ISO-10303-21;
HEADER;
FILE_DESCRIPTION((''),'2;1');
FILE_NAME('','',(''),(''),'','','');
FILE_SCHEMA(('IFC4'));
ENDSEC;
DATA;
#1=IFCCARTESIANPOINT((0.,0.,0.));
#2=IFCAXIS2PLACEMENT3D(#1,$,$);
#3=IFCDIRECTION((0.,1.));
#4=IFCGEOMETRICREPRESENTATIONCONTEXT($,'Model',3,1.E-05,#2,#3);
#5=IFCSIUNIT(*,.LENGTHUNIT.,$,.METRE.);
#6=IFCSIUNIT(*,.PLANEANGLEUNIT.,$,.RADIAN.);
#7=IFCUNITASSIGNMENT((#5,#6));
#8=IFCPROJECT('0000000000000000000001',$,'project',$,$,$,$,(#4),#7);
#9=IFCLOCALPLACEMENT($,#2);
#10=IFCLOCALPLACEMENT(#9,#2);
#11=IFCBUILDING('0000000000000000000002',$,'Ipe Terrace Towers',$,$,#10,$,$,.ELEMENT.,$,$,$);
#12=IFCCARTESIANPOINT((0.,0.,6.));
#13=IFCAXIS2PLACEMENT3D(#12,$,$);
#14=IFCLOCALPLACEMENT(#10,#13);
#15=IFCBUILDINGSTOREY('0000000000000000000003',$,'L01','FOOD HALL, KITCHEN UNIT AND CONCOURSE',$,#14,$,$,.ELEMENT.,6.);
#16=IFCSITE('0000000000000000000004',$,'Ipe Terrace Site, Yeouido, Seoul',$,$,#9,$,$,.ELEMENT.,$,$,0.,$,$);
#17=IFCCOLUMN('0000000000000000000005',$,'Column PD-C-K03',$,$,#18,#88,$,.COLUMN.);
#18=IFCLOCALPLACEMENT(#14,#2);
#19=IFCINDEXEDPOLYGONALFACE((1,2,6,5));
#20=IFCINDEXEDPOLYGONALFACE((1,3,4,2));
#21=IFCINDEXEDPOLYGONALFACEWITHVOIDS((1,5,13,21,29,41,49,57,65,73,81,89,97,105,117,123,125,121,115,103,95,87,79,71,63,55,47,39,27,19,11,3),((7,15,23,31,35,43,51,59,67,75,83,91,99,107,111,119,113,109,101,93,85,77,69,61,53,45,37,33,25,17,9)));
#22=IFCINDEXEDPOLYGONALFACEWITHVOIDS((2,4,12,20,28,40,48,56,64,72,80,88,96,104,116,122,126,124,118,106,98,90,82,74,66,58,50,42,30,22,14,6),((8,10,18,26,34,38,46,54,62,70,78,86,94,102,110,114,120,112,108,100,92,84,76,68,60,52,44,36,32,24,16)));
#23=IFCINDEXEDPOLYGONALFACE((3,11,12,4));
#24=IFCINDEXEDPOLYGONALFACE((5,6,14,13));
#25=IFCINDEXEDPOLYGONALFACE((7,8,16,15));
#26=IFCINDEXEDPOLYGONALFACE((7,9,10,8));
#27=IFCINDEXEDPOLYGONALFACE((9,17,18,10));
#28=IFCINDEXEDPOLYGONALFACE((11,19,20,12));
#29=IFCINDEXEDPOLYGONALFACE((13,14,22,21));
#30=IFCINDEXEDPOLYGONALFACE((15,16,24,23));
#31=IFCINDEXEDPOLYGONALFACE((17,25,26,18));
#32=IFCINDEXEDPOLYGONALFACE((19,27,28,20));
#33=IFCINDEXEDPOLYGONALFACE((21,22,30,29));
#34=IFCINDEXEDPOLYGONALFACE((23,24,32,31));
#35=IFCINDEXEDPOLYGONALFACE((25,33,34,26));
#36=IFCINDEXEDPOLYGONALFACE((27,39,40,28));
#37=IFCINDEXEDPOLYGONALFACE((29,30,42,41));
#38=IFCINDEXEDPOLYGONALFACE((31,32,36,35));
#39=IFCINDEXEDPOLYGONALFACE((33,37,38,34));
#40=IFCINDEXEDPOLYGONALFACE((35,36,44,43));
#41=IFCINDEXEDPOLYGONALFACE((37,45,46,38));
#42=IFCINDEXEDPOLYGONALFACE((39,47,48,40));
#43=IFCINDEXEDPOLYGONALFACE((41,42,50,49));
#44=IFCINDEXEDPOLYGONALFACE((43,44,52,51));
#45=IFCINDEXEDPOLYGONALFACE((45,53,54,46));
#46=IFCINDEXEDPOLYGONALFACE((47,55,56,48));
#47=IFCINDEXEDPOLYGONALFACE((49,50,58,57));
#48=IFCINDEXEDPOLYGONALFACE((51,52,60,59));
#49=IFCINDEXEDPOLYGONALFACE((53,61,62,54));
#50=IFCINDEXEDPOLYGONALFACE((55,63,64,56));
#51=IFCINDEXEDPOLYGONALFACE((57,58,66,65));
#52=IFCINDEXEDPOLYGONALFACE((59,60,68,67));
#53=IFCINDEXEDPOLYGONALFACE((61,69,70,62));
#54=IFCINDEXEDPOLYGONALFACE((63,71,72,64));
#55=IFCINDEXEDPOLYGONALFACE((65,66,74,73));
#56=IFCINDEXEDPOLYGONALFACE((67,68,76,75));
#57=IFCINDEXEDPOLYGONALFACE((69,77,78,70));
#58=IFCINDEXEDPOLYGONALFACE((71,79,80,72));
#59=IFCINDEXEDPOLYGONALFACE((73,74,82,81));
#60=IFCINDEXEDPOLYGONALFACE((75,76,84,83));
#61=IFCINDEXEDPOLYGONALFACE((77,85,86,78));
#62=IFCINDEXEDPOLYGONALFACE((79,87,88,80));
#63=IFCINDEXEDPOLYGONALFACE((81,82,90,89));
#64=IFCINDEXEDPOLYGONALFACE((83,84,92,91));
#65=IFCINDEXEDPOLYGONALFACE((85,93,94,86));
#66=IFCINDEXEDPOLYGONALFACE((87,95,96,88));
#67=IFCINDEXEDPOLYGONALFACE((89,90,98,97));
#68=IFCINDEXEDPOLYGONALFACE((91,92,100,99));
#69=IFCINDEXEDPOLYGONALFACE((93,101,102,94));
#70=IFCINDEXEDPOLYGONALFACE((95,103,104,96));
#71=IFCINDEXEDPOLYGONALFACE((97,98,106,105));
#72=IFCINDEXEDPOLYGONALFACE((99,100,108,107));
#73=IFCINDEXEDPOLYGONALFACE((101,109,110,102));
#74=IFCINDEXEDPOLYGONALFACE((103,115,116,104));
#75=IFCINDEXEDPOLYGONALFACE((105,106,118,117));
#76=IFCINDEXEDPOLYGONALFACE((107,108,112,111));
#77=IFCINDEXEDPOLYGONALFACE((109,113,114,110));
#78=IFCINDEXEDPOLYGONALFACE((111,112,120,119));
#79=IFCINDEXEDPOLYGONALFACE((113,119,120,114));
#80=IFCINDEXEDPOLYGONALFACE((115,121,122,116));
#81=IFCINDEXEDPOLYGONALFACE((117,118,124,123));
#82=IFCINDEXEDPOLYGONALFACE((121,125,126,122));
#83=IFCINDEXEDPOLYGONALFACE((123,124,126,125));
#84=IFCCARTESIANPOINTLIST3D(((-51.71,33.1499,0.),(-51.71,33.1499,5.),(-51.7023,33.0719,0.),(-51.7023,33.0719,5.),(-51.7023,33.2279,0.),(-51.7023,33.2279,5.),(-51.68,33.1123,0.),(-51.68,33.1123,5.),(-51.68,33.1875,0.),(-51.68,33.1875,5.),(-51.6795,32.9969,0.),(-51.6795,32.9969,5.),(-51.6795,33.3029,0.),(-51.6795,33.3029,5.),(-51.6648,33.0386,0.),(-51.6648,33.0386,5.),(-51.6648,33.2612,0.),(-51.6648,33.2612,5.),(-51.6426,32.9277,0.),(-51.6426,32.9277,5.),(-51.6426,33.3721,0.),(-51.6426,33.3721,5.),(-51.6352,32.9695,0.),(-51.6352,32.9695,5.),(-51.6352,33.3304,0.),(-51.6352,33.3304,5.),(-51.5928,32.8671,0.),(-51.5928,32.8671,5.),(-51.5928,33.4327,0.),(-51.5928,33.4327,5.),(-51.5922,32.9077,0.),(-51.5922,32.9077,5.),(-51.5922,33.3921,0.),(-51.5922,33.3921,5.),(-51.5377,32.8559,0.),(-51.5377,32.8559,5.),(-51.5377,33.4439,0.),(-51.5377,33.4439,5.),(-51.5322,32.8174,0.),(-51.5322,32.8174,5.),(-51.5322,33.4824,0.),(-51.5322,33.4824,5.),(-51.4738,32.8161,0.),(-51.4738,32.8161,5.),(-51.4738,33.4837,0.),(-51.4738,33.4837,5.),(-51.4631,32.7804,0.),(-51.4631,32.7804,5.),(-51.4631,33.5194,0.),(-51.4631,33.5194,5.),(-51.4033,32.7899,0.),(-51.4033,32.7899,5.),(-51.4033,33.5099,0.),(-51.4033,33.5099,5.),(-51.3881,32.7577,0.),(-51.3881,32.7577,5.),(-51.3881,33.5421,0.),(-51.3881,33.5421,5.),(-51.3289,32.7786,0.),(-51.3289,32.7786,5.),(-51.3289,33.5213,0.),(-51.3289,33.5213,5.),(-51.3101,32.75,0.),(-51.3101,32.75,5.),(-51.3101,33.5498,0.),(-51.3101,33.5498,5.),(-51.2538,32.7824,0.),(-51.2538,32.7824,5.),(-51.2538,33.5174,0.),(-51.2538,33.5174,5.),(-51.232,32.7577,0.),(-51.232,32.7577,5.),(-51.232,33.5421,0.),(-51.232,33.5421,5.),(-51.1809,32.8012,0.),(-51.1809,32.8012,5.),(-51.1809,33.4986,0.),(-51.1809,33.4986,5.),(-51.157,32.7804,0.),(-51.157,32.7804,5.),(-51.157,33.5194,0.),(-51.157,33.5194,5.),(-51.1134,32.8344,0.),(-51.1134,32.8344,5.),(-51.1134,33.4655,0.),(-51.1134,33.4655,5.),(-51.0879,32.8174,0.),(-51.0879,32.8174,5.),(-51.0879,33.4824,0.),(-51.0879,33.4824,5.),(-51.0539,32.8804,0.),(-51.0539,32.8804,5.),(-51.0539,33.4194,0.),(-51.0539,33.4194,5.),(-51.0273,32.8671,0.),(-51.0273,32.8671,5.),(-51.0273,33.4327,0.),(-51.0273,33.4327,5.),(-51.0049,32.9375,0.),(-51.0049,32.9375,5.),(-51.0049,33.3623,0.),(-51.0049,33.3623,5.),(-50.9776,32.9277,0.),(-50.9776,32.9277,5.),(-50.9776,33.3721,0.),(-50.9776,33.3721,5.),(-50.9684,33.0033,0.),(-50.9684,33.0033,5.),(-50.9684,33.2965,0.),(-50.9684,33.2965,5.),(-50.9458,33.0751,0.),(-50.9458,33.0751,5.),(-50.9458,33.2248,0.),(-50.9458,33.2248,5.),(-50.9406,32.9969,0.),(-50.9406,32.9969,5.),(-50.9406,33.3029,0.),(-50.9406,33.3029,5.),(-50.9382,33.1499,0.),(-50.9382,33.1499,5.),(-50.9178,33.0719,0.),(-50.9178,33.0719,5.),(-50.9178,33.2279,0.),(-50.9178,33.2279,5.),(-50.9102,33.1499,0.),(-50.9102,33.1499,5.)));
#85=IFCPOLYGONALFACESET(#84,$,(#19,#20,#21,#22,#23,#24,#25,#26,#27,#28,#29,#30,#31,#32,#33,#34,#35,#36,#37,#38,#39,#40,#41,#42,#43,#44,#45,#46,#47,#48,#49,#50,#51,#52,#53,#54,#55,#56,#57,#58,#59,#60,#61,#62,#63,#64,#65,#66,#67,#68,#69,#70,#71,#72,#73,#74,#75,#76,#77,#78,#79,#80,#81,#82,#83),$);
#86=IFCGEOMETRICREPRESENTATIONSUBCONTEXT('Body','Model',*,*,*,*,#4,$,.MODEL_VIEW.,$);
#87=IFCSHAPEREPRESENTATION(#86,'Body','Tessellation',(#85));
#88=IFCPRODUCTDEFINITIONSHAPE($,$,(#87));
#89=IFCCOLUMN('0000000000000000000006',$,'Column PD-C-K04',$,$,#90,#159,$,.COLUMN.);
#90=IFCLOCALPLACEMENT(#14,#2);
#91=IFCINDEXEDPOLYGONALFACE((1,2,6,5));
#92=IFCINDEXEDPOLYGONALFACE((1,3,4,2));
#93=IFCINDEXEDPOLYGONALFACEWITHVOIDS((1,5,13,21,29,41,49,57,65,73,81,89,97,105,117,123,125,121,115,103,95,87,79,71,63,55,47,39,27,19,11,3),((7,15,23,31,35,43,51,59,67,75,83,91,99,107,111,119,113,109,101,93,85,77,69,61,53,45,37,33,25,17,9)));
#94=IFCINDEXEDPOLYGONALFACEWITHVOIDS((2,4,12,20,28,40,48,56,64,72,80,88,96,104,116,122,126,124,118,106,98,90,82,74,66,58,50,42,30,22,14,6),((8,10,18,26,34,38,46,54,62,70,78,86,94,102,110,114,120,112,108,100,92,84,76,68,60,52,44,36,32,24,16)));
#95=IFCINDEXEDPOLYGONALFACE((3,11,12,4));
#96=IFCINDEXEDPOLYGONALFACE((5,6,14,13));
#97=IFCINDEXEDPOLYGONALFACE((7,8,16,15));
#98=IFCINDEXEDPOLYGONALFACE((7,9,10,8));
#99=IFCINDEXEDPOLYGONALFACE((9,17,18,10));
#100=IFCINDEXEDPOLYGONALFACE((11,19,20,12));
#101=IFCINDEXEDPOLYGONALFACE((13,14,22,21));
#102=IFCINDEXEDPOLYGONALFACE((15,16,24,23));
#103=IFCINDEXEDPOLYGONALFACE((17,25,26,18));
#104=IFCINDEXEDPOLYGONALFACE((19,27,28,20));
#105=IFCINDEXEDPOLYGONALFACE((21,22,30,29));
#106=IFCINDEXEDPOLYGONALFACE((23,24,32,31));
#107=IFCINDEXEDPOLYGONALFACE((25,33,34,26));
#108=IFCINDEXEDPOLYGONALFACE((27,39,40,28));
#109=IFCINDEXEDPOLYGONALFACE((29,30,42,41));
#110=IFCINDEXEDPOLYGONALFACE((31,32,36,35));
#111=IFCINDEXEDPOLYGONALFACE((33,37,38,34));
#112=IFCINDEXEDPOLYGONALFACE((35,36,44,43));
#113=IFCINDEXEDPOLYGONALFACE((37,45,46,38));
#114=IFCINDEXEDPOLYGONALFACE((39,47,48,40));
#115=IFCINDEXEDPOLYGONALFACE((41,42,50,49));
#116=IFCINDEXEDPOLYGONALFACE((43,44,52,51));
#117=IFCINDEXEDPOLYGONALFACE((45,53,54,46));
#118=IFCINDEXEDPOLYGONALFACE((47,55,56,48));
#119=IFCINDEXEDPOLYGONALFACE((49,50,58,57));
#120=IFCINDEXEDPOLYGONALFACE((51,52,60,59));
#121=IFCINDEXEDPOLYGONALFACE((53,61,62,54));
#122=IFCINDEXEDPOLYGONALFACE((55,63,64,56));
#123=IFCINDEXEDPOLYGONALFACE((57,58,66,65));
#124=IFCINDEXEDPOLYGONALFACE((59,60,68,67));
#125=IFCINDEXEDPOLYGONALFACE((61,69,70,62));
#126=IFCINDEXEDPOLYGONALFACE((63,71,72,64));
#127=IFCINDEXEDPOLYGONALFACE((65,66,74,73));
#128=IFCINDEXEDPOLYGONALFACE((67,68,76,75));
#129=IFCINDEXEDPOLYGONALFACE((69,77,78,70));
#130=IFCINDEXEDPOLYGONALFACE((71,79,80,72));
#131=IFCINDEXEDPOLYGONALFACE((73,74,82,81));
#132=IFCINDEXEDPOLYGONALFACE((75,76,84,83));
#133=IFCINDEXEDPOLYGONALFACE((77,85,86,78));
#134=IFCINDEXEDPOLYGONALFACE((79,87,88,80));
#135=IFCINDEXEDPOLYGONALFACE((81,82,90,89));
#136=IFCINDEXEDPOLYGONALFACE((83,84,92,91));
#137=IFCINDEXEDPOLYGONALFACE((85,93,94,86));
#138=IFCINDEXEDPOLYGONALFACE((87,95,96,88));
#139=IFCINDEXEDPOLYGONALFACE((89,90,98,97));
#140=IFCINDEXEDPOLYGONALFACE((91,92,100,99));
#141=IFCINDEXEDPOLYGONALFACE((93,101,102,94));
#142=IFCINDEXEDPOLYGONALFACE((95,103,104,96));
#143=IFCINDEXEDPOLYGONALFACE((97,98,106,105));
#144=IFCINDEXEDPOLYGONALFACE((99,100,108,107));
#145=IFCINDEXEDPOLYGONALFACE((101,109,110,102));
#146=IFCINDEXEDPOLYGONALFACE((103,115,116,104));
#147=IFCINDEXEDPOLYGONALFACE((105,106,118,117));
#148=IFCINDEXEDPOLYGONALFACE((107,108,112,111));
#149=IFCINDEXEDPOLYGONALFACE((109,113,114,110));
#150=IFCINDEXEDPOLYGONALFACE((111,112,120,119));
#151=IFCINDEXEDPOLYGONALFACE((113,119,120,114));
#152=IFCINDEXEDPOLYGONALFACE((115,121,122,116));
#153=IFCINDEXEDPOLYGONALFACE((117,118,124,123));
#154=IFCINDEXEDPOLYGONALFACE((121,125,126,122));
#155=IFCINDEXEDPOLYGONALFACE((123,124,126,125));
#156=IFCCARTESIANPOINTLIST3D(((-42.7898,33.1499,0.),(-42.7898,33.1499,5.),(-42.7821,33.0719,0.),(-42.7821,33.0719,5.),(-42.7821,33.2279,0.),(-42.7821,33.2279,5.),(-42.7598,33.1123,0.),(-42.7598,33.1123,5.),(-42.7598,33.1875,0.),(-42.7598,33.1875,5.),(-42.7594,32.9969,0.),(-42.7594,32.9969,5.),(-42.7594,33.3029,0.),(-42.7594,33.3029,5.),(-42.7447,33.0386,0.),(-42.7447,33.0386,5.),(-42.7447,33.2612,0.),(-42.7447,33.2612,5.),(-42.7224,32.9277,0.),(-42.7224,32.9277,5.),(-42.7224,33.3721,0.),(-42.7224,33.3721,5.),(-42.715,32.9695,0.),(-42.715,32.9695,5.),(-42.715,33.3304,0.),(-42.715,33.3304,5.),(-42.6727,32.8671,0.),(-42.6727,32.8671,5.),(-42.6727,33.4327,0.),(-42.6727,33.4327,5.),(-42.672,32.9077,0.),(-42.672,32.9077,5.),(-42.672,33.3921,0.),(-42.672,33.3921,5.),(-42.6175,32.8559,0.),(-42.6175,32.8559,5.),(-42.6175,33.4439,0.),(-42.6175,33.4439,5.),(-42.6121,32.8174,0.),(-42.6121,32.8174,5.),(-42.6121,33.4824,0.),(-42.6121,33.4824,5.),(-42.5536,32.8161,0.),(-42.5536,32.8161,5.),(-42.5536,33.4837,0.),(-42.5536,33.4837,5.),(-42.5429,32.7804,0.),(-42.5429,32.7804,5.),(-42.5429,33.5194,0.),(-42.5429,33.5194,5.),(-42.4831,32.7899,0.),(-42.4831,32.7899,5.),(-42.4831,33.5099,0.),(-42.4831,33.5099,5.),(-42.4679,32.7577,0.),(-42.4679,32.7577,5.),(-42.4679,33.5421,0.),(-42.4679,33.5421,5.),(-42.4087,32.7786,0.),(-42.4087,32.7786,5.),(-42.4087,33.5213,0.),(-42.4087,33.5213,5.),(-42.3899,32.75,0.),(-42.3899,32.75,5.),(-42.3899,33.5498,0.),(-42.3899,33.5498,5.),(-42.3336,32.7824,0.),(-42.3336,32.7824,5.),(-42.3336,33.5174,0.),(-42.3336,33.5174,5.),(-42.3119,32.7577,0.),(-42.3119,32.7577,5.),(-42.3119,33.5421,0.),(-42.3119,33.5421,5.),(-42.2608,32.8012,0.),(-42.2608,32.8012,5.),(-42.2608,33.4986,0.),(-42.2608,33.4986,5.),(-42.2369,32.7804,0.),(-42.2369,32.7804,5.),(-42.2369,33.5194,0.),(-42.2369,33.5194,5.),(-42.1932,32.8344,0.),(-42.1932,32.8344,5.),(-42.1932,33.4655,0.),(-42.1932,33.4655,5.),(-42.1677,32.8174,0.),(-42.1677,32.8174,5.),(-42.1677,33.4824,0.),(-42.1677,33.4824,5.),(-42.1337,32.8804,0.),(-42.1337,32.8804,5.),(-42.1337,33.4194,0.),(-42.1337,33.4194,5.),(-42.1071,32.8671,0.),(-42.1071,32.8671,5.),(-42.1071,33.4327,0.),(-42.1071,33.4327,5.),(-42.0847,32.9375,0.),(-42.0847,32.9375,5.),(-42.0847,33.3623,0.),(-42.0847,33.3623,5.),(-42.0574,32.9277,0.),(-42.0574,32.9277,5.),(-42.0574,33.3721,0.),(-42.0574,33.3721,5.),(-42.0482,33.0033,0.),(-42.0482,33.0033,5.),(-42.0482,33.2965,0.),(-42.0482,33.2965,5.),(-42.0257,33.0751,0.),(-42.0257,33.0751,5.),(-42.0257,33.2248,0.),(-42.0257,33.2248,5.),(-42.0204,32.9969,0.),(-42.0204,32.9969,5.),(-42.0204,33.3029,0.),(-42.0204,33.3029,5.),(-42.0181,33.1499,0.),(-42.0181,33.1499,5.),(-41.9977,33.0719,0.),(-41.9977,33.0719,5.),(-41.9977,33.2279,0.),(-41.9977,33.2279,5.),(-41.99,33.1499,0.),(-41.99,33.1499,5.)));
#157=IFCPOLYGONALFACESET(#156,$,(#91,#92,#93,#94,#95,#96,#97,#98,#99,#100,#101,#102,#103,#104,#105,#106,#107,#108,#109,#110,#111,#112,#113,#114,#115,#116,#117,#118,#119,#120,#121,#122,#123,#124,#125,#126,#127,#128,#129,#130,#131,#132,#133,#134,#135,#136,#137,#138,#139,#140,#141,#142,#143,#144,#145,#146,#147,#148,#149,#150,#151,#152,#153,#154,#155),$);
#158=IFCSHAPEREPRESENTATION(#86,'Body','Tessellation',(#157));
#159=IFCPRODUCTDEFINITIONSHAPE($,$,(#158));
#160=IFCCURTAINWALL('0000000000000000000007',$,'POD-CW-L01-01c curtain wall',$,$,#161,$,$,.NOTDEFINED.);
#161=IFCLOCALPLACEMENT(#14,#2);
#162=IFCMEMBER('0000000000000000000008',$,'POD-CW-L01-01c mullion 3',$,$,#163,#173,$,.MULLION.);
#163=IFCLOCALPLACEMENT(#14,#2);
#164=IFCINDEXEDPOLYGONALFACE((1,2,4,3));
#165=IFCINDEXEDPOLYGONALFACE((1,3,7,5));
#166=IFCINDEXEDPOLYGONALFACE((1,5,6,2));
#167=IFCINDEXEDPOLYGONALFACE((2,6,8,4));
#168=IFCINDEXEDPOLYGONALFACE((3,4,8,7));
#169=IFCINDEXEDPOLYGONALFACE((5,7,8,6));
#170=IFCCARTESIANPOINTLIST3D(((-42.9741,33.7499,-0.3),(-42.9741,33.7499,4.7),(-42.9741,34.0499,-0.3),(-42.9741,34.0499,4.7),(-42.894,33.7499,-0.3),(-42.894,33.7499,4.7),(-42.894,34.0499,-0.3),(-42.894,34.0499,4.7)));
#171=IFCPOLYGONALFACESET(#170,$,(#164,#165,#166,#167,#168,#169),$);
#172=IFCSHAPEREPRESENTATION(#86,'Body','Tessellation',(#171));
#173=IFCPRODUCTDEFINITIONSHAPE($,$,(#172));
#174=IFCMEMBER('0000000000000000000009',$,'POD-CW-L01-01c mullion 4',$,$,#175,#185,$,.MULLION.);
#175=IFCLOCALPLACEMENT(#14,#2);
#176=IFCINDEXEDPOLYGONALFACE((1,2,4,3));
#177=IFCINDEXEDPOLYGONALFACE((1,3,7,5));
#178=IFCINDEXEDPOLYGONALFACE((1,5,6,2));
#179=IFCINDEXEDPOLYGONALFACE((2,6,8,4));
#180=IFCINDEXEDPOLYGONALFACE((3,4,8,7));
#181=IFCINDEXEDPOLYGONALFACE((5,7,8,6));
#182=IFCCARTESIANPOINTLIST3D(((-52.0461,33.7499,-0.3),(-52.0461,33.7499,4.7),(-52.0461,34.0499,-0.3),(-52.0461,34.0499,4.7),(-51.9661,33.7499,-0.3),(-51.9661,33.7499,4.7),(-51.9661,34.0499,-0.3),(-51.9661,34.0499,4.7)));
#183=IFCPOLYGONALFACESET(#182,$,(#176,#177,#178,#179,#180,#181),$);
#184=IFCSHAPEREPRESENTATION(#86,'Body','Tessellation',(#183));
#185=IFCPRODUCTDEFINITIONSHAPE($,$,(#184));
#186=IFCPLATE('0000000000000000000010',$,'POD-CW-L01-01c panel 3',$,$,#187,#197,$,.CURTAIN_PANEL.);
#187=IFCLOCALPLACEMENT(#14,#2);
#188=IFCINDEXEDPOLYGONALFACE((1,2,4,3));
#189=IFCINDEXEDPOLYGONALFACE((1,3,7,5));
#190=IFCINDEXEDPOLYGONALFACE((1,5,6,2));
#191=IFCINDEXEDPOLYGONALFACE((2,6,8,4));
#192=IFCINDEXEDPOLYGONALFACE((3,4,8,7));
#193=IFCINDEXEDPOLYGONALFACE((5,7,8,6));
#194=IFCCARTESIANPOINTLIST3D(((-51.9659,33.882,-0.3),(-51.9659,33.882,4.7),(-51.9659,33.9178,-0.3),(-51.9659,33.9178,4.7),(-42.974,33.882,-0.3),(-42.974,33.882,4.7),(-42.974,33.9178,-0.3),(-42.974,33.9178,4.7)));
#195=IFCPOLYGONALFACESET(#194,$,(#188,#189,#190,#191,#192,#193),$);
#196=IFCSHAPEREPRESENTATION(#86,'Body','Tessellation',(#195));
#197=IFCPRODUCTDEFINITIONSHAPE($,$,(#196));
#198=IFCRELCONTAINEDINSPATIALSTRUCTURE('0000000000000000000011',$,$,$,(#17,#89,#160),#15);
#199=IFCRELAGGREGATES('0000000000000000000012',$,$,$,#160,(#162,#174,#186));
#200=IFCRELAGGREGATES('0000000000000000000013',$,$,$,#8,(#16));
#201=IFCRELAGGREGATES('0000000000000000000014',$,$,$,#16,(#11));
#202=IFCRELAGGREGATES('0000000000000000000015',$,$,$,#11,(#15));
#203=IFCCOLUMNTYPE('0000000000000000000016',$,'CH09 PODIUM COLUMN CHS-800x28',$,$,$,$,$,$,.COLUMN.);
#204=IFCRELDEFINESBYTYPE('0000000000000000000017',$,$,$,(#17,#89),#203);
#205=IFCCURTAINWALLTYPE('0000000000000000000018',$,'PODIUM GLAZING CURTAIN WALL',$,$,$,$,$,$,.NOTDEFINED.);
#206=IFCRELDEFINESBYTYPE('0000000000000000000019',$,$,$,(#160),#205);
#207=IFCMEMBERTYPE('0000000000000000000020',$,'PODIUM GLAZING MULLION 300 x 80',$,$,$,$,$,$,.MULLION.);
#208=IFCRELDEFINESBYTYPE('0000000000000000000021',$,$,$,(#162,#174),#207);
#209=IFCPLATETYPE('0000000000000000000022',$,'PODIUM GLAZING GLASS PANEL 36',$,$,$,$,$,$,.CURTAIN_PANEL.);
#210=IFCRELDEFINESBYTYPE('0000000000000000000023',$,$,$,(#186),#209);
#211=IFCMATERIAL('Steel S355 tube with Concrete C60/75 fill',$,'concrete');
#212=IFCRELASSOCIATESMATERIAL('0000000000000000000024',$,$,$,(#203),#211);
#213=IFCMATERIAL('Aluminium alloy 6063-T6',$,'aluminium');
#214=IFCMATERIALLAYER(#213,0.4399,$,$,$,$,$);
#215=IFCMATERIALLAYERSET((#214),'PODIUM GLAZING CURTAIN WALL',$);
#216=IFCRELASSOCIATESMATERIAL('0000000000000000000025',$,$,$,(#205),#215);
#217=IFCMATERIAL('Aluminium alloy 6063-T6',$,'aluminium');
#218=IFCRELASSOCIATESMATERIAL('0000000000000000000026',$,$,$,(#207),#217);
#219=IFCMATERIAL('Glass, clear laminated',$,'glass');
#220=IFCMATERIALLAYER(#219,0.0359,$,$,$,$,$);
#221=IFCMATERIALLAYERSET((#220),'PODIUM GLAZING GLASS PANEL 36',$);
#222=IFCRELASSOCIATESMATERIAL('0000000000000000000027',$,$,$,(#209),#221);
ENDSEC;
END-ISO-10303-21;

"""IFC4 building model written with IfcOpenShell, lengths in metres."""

from ifc_helpers import new_model, si_unit, direction, frame, origin, origin_2d, place, context, subcontext, project, spatial, rectangle, hollow_circle, extrude, material, layer, layer_set, material_profile, profile_set, type_object, element, aggregate, save


model = new_model("IFC4")

# Units and contexts
model_context = context("Model", 3, precision=1e-05, world=origin(), true_north=direction((0.0, 1.0)))
body_context = subcontext(model_context, "Body", "Model", "MODEL_VIEW")
ifc_project = project(units=[si_unit("LENGTHUNIT", "METRE"), si_unit("PLANEANGLEUNIT", "RADIAN")], contexts=[model_context])

# Site, building, storey
site_placement = place(None, origin())
site = spatial("IfcSite", under=ifc_project, at=site_placement, Name="Ipe Terrace Site, Yeouido, Seoul", CompositionType="ELEMENT", RefElevation=0.0)
building_placement = place(site_placement, origin())
building = spatial("IfcBuilding", under=site, at=building_placement, Name="Ipe Terrace Towers", CompositionType="ELEMENT")
storey_placement = place(building_placement, frame((0.0, 0.0, 6.0)))
storey = spatial("IfcBuildingStorey", under=building, at=storey_placement, Name="L01", Description="FOOD HALL, KITCHEN UNIT AND CONCOURSE", CompositionType="ELEMENT", Elevation=6.0)

# Columns
ifc_material_1 = material(Name="Steel S355 tube with Concrete C60/75 fill", Category="concrete")
ifc_material_profile_1 = material_profile(ifc_material_1, hollow_circle(Radius=0.3999, WallThickness=0.0281, at=origin_2d()), Name="CHS-800x28")
ifc_profile_set_1 = profile_set([ifc_material_profile_1], Name="Steel S355 tube with Concrete C60/75 fill")
column_type_1 = type_object("IfcColumnType", Name="CH09 PODIUM COLUMN CHS-800x28", PredefinedType="COLUMN", material=ifc_profile_set_1)
for number, where, z_axis, x_axis, name in (
    (1, (-51.3101, 33.1499, 0.0), (0.0, 0.0, 1.0), (1.0, 0.0, 0.0), "Column PD-C-K03"),
    (2, (-42.3899, 33.1499, 0.0), (0.0, 0.0, 1.0), (1.0, 0.0, 0.0), "Column PD-C-K04"),
):
    element("IfcColumn", number, at=place(storey_placement, frame(where, z_axis=z_axis, x_axis=x_axis)), inside=storey, type_object=column_type_1, Name=name, PredefinedType="COLUMN", context=body_context, shape_type="SweptSolid", body=[
        extrude(hollow_circle(Radius=0.3999, WallThickness=0.0281, at=origin_2d()), origin(), (0.0, 0.0, 1.0), 5.0),
    ])

# Curtain wall, members, plate
ifc_material_2 = material(Name="Aluminium alloy 6063-T6", Category="aluminium")
ifc_layer_1 = layer(ifc_material_2, 0.4399)
ifc_layer_set_1 = layer_set([ifc_layer_1], Name="PODIUM GLAZING CURTAIN WALL")
curtain_wall_type = type_object("IfcCurtainWallType", Name="PODIUM GLAZING CURTAIN WALL", PredefinedType="NOTDEFINED", material=ifc_layer_set_1)
curtain_wall_placement = place(storey_placement, origin())
curtain_wall = element("IfcCurtainWall", 3, at=curtain_wall_placement, inside=storey, type_object=curtain_wall_type, Name="POD-CW-L01-01c curtain wall", PredefinedType="NOTDEFINED")
ifc_material_3 = material(Name="Aluminium alloy 6063-T6", Category="aluminium")
ifc_material_profile_2 = material_profile(ifc_material_3, rectangle(XDim=0.3, YDim=0.0801, at=origin_2d()), Name="PODIUM GLAZING MULLION 300 x 80")
ifc_profile_set_2 = profile_set([ifc_material_profile_2], Name="Aluminium alloy 6063-T6")
member_type = type_object("IfcMemberType", Name="PODIUM GLAZING MULLION 300 x 80", PredefinedType="MULLION", material=ifc_profile_set_2)
member_1_placement = place(storey_placement, frame((-42.9341, 33.8999, -0.3), z_axis=(0.0, 0.0, 1.0), x_axis=(0.0, 1.0, 0.0)))
member_1 = element("IfcMember", 4, at=member_1_placement, type_object=member_type, Name="POD-CW-L01-01c mullion 3", PredefinedType="MULLION", context=body_context, shape_type="SweptSolid", body=[
    extrude(rectangle(XDim=0.3, YDim=0.0801, at=origin_2d()), origin(), (0.0, 0.0, 1.0), 5.0),
])
member_2_placement = place(storey_placement, frame((-52.0061, 33.8999, -0.3), z_axis=(0.0, 0.0, 1.0), x_axis=(0.0, 1.0, 0.0)))
member_2 = element("IfcMember", 5, at=member_2_placement, type_object=member_type, Name="POD-CW-L01-01c mullion 4", PredefinedType="MULLION", context=body_context, shape_type="SweptSolid", body=[
    extrude(rectangle(XDim=0.3, YDim=0.0801, at=origin_2d()), origin(), (0.0, 0.0, 1.0), 5.0),
])
ifc_material_4 = material(Name="Glass, clear laminated", Category="glass")
ifc_layer_2 = layer(ifc_material_4, 0.0359)
ifc_layer_set_2 = layer_set([ifc_layer_2], Name="PODIUM GLAZING GLASS PANEL 36")
plate_type = type_object("IfcPlateType", Name="PODIUM GLAZING GLASS PANEL 36", PredefinedType="CURTAIN_PANEL", material=ifc_layer_set_2)
plate_placement = place(storey_placement, frame((-47.47, 33.8999, -0.3), z_axis=(0.0, 0.0, 1.0), x_axis=(-1.0, 0.0, 0.0)))
plate = element("IfcPlate", 6, at=plate_placement, type_object=plate_type, Name="POD-CW-L01-01c panel 3", PredefinedType="CURTAIN_PANEL", context=body_context, shape_type="SweptSolid", body=[
    extrude(rectangle(XDim=8.9919, YDim=0.0359, at=origin_2d()), origin(), (0.0, 0.0, 1.0), 5.0),
])
aggregate(curtain_wall, [member_1, member_2, plate])

save(model, "model.ifc")
